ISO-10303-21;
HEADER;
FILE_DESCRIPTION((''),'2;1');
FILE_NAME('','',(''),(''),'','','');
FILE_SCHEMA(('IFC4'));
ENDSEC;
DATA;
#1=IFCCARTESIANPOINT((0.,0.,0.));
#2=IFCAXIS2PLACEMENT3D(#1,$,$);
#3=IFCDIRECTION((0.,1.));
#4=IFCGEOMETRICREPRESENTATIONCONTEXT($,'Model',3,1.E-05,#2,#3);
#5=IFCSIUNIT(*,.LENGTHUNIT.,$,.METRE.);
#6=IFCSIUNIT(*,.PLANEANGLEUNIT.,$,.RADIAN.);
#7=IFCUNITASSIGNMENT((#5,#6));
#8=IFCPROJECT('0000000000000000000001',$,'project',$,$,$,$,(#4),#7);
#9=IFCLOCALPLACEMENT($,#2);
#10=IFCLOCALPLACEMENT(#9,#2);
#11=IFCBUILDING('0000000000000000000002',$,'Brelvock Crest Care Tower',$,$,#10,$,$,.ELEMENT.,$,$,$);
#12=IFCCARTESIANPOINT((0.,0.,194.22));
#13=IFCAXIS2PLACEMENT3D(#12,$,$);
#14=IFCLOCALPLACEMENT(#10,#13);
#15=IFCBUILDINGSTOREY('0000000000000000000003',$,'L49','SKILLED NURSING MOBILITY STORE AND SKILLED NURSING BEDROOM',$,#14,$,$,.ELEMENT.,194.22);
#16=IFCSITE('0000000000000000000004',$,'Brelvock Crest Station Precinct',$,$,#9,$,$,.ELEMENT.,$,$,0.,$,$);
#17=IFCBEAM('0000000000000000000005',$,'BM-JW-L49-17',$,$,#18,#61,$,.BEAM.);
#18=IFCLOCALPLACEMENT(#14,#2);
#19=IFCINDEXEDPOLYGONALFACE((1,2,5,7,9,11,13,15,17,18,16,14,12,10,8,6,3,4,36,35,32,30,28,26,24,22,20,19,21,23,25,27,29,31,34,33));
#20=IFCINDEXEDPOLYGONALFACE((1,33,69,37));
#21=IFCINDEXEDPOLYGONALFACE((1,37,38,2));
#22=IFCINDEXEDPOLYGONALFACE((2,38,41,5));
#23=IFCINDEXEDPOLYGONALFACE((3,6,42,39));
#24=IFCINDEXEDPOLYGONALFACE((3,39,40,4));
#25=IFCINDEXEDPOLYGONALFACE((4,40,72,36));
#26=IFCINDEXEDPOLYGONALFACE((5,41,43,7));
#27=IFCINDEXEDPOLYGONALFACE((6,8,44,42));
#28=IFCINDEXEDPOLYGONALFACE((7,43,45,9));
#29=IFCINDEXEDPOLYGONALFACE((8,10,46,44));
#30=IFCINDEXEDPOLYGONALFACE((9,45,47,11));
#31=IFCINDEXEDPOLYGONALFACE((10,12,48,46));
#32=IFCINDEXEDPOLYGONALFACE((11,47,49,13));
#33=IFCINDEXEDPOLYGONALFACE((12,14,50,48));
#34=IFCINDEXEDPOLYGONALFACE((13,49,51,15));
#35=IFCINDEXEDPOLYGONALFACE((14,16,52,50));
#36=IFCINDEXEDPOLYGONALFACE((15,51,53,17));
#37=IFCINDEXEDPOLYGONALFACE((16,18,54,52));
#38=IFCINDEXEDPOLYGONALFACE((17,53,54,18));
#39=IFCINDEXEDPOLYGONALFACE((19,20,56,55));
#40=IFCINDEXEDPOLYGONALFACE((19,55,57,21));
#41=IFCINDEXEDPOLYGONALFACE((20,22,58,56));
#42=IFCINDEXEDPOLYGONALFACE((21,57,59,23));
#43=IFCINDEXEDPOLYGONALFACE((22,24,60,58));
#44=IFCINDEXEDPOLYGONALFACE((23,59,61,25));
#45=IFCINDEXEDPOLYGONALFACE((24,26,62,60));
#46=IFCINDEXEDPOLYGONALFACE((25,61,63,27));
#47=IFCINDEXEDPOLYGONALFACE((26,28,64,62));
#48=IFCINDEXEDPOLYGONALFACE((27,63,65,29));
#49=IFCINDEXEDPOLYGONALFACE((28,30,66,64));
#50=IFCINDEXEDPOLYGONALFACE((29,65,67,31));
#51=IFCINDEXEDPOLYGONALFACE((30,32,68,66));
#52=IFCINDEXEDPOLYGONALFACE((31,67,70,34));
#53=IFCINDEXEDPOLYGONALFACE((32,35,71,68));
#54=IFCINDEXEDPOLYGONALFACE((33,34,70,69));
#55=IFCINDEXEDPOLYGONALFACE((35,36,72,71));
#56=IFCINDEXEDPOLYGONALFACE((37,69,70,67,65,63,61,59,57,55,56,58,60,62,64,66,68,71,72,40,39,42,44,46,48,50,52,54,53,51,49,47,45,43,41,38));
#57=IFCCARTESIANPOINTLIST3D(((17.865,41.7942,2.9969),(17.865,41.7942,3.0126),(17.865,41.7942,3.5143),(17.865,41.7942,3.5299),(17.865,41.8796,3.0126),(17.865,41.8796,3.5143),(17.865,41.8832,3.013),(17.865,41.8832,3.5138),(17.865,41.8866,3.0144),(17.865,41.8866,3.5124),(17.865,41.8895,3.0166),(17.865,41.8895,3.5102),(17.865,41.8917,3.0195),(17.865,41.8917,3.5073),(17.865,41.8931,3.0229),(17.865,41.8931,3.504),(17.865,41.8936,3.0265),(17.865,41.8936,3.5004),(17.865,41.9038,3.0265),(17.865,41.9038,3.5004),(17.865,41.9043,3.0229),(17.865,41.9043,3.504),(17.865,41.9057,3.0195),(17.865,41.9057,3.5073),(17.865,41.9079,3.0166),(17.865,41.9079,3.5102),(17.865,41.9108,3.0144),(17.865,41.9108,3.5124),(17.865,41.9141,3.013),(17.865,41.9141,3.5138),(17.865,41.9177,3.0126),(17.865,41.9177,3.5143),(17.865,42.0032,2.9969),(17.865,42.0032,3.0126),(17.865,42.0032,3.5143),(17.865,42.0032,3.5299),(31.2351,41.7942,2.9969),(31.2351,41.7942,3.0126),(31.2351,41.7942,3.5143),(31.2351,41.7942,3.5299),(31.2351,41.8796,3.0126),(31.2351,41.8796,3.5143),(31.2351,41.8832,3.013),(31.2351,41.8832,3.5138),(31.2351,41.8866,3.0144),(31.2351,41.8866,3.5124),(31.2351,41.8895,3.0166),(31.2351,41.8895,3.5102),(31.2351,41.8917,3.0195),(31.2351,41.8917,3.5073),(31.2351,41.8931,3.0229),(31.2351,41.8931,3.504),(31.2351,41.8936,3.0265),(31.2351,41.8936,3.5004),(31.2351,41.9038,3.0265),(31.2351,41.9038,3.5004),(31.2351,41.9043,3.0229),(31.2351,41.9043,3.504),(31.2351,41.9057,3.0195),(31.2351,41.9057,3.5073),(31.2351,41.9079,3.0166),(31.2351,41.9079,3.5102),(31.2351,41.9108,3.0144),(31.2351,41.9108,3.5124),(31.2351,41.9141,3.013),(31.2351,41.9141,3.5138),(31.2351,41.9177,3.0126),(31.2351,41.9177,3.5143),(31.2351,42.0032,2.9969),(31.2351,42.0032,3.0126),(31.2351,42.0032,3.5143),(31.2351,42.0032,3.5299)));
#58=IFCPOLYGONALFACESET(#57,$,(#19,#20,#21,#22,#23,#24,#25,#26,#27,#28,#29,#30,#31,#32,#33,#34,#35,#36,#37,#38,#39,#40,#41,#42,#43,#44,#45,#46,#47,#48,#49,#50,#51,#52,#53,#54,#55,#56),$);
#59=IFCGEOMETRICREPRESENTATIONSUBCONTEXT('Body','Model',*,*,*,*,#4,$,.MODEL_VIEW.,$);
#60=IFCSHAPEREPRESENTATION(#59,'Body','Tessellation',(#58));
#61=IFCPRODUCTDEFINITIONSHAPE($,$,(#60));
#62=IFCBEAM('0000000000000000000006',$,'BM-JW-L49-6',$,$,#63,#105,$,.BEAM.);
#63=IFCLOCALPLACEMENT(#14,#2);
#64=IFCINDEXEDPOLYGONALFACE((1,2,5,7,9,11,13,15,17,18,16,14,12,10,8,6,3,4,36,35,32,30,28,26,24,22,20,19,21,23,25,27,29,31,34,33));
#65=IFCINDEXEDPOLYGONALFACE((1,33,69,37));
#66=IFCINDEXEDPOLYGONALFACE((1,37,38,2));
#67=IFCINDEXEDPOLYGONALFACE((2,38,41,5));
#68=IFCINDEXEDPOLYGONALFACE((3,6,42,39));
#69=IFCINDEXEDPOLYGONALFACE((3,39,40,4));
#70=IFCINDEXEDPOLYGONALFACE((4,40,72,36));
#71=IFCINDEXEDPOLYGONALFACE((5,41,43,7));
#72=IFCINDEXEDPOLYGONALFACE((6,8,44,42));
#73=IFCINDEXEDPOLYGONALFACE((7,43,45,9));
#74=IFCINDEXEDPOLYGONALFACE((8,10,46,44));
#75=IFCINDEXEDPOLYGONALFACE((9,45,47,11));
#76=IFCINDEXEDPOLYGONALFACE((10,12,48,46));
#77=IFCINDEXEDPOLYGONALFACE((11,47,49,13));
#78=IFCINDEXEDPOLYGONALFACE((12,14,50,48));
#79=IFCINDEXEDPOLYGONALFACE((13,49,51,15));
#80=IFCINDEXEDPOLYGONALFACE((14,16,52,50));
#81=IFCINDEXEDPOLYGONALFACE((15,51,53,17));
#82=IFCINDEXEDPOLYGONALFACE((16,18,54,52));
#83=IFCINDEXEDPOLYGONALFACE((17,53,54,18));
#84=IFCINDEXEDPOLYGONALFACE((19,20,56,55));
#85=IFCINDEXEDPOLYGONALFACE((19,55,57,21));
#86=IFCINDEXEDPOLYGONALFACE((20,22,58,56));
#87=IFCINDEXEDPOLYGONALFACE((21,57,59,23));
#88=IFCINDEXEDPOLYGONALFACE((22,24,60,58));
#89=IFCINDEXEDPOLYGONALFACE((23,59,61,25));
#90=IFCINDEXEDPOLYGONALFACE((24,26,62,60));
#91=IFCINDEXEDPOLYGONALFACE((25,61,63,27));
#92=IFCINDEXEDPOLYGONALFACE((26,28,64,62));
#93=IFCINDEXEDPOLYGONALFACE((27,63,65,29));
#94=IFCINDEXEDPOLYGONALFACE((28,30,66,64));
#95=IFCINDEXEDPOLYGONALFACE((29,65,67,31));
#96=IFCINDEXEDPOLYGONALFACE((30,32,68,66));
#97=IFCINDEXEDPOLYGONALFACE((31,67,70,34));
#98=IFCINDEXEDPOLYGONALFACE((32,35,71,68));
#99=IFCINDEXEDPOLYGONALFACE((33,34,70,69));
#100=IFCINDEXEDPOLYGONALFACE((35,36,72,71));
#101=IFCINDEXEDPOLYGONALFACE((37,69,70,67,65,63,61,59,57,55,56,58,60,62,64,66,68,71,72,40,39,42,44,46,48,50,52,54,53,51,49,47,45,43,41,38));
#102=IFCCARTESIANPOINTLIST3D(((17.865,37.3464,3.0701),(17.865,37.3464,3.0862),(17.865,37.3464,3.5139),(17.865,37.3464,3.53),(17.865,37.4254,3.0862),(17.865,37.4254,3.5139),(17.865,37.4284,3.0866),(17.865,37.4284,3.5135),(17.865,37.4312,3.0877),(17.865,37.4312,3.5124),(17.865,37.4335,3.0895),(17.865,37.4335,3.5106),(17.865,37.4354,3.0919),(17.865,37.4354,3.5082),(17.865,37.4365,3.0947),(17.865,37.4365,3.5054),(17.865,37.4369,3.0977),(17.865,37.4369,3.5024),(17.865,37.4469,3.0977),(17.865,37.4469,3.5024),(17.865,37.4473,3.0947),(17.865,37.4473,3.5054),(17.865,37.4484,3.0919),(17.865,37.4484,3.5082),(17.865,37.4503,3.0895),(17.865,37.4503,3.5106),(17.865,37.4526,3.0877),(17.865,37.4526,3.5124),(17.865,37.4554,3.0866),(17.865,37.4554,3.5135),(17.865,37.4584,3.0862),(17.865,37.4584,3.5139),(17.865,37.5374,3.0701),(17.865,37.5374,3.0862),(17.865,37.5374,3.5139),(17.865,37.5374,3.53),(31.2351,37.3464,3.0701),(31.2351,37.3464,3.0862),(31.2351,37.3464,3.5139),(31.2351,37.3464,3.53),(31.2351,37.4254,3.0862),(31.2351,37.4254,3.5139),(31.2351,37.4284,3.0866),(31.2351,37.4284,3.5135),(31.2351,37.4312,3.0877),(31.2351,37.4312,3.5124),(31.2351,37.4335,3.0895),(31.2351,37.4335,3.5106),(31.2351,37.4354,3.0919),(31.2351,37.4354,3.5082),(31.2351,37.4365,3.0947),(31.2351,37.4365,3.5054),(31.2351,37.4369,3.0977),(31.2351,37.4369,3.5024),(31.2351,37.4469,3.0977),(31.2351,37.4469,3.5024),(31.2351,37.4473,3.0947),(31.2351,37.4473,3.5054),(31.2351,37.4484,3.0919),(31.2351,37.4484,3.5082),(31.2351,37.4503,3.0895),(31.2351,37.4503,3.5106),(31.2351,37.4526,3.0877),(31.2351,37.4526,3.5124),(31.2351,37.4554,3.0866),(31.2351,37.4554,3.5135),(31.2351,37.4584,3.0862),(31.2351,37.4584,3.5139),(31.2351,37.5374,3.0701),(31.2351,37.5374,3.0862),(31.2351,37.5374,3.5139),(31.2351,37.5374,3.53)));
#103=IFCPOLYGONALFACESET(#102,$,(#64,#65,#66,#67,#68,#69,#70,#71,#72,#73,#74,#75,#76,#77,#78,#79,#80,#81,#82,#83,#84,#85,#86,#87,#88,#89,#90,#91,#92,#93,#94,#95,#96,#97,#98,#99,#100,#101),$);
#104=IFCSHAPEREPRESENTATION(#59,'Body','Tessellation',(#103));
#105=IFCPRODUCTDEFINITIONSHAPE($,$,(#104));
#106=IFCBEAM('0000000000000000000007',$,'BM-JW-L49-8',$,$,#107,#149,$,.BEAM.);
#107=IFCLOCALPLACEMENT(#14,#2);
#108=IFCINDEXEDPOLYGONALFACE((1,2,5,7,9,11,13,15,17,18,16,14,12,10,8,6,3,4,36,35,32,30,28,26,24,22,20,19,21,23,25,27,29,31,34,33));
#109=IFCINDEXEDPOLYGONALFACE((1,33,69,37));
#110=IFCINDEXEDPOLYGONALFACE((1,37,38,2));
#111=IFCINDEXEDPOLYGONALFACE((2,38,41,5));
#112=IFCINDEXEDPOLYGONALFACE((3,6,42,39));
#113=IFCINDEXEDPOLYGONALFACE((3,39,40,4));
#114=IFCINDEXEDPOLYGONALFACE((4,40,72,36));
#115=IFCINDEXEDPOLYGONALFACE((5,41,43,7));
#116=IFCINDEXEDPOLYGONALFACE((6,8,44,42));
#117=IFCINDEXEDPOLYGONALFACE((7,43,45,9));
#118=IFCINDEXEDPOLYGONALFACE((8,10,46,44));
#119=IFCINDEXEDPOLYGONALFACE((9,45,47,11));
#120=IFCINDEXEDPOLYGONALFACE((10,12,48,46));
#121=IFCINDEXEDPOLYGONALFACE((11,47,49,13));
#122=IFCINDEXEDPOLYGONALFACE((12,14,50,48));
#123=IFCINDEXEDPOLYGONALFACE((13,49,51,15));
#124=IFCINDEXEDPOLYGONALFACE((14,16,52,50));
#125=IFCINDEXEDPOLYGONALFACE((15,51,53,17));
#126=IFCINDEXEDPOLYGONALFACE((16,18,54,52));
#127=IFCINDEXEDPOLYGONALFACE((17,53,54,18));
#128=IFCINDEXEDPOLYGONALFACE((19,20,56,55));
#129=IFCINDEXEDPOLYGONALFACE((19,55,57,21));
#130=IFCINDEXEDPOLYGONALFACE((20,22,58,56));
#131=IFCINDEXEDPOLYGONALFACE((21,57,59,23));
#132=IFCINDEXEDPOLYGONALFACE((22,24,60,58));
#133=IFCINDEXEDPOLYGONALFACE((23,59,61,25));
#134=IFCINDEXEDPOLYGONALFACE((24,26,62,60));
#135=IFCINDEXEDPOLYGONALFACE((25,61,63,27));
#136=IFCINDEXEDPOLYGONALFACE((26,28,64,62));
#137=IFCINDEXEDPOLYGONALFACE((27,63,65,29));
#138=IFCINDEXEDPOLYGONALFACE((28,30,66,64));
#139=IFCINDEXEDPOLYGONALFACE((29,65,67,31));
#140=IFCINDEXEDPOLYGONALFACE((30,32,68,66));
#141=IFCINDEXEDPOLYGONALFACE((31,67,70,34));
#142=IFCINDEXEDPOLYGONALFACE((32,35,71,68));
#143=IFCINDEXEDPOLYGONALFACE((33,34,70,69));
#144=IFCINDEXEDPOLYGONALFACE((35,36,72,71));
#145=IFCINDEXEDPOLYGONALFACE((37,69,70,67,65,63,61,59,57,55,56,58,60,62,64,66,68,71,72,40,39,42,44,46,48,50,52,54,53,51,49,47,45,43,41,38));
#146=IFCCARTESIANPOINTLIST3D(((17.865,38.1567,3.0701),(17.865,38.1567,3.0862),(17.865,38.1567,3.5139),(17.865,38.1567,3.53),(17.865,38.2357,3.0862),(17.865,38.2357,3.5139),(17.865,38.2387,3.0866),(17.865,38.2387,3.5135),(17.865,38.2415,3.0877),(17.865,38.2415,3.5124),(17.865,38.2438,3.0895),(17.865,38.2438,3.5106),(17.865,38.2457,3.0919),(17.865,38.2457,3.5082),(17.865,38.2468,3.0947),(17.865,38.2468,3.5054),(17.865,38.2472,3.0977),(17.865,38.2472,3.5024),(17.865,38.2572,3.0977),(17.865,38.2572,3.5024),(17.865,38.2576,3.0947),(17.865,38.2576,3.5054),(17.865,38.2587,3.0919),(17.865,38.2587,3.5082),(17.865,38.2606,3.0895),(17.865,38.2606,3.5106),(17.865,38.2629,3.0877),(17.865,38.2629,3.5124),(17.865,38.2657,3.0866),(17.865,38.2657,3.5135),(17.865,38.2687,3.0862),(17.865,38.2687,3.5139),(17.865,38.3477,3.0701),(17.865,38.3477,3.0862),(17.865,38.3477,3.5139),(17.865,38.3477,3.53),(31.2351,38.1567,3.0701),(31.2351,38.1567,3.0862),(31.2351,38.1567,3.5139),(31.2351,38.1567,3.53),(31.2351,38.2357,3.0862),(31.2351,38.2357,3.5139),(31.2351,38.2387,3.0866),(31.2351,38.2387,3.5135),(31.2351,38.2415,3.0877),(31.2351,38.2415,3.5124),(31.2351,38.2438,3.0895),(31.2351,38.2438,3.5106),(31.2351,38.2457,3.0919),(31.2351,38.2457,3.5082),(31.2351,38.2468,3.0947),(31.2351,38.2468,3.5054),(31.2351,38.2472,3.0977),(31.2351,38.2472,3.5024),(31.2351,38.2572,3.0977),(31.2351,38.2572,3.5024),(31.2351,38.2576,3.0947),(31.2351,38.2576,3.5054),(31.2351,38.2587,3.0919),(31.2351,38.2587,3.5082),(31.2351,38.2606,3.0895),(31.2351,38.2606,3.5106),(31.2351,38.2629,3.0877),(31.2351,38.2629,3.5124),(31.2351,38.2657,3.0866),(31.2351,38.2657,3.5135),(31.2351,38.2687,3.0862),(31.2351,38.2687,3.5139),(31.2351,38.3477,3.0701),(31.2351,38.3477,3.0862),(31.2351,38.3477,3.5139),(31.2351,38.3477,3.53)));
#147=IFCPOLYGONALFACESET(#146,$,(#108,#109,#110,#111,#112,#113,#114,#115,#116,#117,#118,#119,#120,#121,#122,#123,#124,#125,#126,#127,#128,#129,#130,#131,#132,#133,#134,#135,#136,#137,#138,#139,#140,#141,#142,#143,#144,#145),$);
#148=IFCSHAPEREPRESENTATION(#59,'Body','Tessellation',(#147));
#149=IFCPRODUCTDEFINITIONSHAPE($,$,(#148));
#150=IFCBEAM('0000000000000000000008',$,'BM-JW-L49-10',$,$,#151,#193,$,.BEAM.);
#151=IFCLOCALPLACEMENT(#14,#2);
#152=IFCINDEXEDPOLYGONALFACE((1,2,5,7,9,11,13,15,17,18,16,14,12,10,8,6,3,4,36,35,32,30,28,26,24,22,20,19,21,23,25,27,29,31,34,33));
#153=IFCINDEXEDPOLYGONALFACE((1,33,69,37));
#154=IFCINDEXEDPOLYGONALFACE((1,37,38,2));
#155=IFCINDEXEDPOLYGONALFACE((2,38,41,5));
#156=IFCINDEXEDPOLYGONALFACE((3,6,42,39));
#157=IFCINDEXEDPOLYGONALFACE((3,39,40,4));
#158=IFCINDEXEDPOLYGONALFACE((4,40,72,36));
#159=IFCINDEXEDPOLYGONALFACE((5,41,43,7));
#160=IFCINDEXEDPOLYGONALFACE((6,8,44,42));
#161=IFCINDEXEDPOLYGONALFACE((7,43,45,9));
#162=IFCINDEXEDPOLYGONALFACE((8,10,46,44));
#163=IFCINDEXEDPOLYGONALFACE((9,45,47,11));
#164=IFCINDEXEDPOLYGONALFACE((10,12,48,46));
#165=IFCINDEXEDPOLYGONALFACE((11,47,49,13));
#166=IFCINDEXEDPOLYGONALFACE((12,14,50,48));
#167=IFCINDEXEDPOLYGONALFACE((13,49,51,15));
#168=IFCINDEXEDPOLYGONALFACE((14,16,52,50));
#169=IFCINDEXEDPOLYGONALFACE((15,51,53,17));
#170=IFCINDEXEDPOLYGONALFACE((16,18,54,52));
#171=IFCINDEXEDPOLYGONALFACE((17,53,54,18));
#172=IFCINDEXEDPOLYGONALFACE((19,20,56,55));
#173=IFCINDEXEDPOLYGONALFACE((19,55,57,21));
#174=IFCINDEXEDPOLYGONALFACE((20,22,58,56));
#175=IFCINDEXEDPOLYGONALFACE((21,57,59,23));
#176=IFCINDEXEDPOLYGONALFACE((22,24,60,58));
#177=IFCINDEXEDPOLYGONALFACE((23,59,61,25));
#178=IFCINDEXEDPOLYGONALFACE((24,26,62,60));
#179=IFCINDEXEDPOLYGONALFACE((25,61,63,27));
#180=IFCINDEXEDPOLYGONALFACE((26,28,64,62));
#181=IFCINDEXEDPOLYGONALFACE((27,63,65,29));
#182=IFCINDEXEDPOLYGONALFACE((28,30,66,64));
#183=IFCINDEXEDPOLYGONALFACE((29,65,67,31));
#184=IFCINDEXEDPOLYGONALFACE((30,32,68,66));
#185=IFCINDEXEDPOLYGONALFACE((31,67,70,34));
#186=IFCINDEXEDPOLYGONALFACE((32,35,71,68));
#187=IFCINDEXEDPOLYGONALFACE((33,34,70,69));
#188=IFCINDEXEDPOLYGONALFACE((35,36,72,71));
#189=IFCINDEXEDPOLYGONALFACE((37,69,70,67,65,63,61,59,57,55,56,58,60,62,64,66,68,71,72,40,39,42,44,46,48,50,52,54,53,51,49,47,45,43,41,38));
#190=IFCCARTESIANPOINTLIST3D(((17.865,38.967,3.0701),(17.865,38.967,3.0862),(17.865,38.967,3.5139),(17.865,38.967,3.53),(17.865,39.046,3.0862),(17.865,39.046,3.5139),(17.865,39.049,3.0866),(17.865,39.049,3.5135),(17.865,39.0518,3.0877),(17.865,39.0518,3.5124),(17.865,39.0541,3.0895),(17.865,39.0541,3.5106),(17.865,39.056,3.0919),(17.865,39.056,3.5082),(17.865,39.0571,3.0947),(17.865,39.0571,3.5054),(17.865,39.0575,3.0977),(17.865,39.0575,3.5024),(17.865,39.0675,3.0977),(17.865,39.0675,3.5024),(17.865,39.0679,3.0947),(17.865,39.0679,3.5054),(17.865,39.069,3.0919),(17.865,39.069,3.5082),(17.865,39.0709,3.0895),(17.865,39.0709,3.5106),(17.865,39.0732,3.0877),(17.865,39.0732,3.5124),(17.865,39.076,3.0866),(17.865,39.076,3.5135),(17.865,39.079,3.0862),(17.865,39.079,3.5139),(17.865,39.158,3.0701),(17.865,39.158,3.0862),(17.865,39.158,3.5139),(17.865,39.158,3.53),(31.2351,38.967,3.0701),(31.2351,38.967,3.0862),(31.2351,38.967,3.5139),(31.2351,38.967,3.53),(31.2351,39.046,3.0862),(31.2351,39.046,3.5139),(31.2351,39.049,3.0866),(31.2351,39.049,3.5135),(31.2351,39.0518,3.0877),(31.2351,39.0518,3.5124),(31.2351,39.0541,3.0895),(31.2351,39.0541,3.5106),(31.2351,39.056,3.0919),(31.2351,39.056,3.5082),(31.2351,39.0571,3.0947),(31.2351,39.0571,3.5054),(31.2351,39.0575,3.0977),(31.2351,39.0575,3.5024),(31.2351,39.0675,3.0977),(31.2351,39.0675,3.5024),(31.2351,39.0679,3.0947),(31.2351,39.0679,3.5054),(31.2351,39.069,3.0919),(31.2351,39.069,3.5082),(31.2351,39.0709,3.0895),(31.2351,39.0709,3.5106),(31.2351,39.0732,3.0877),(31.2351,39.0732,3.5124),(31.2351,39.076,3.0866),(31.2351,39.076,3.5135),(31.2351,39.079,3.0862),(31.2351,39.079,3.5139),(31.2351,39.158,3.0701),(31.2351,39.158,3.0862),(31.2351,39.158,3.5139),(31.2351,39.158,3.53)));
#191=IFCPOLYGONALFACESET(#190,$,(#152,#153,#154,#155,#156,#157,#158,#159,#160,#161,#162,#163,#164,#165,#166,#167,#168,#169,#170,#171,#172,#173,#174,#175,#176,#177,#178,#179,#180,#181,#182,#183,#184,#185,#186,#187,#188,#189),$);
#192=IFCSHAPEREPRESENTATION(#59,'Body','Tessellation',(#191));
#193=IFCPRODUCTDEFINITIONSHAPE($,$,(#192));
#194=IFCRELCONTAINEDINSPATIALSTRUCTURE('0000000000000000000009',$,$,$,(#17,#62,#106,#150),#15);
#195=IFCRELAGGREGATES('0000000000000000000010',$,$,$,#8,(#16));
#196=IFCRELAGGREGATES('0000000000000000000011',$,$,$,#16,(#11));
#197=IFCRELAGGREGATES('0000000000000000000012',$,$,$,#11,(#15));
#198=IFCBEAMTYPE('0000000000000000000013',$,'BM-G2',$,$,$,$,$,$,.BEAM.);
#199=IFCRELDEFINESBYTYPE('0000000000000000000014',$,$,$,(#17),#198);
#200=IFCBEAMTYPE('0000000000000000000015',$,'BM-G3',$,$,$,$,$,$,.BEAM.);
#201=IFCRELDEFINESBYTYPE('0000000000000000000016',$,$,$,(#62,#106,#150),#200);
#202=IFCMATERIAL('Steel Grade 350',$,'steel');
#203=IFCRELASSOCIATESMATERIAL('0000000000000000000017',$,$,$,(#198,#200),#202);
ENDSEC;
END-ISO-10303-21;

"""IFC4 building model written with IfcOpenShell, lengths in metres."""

from ifc_helpers import new_model, si_unit, direction, frame, origin, origin_2d, place, context, subcontext, project, spatial, i_section, extrude, source, transform, mapped, material, material_profile, profile_set, type_object, element, save


model = new_model("IFC4")

# Units and contexts
model_context = context("Model", 3, precision=1e-05, world=origin(), true_north=direction((0.0, 1.0)))
body_context = subcontext(model_context, "Body", "Model", "MODEL_VIEW")
ifc_project = project(units=[si_unit("LENGTHUNIT", "METRE"), si_unit("PLANEANGLEUNIT", "RADIAN")], contexts=[model_context])

# Site, building, storey
site_placement = place(None, origin())
site = spatial("IfcSite", under=ifc_project, at=site_placement, Name="Brelvock Crest Station Precinct", CompositionType="ELEMENT", RefElevation=0.0)
building_placement = place(site_placement, origin())
building = spatial("IfcBuilding", under=site, at=building_placement, Name="Brelvock Crest Care Tower", CompositionType="ELEMENT")
storey_placement = place(building_placement, frame((0.0, 0.0, 194.22)))
storey = spatial("IfcBuildingStorey", under=building, at=storey_placement, Name="L49", Description="SKILLED NURSING MOBILITY STORE AND SKILLED NURSING BEDROOM", CompositionType="ELEMENT", Elevation=194.22)

# Shared definitions
ifc_material_1 = material(Name="Steel Grade 350", Category="steel")

# Beams
ifc_material_profile_1 = material_profile(ifc_material_1, i_section(OverallWidth=0.209, OverallDepth=0.533, WebThickness=0.0103, FlangeThickness=0.0156, FilletRadius=0.0139, at=origin_2d()), Name="530UB92.4")
ifc_profile_set_1 = profile_set([ifc_material_profile_1], Name="Steel Grade 350")
beam_type_1 = type_object("IfcBeamType", Name="BM-G2", PredefinedType="BEAM", material=ifc_profile_set_1)
shared_shape_1 = source(origin(), body_context, "Body", "SweptSolid", [
    extrude(i_section(OverallWidth=0.209, OverallDepth=0.533, WebThickness=0.0103, FlangeThickness=0.0156, FilletRadius=0.0139, at=origin_2d()), origin(), (0.0, 0.0, 1.0), 13.3701),
])
for number, where, z_axis, x_axis, name in (
    (1, (17.865, 41.8987, 3.2634), (1.0, 0.0, 0.0), (0.0, 1.0, 0.0), "BM-JW-L49-17"),
):
    element("IfcBeam", number, at=place(storey_placement, frame(where, z_axis=z_axis, x_axis=x_axis)), inside=storey, type_object=beam_type_1, Name=name, PredefinedType="BEAM", context=body_context, shape_type="MappedRepresentation", body=[
        mapped(shared_shape_1, transform((0.0, 0.0, 0.0), x_axis=(1.0, 0.0, 0.0), y_axis=(0.0, 1.0, 0.0), z_axis=(0.0, 0.0, 1.0), scale=1.0)),
    ])
ifc_material_profile_2 = material_profile(ifc_material_1, i_section(OverallWidth=0.1909, OverallDepth=0.46, WebThickness=0.01, FlangeThickness=0.0161, FilletRadius=0.0115, at=origin_2d()), Name="460UB82.1")
ifc_profile_set_2 = profile_set([ifc_material_profile_2], Name="Steel Grade 350")
beam_type_2 = type_object("IfcBeamType", Name="BM-G3", PredefinedType="BEAM", material=ifc_profile_set_2)
shared_shape_2 = source(origin(), body_context, "Body", "SweptSolid", [
    extrude(i_section(OverallWidth=0.1909, OverallDepth=0.46, WebThickness=0.01, FlangeThickness=0.0161, FilletRadius=0.0115, at=origin_2d()), origin(), (0.0, 0.0, 1.0), 13.3701),
])
for number, where, z_axis, x_axis, name in (
    (2, (17.865, 37.4419, 3.3), (1.0, 0.0, 0.0), (0.0, 1.0, 0.0), "BM-JW-L49-6"),
    (3, (17.865, 38.2522, 3.3), (1.0, 0.0, 0.0), (0.0, 1.0, 0.0), "BM-JW-L49-8"),
    (4, (17.865, 39.0625, 3.3), (1.0, 0.0, 0.0), (0.0, 1.0, 0.0), "BM-JW-L49-10"),
):
    element("IfcBeam", number, at=place(storey_placement, frame(where, z_axis=z_axis, x_axis=x_axis)), inside=storey, type_object=beam_type_2, Name=name, PredefinedType="BEAM", context=body_context, shape_type="MappedRepresentation", body=[
        mapped(shared_shape_2, transform((0.0, 0.0, 0.0), x_axis=(1.0, 0.0, 0.0), y_axis=(0.0, 1.0, 0.0), z_axis=(0.0, 0.0, 1.0), scale=1.0)),
    ])

save(model, "model.ifc")
